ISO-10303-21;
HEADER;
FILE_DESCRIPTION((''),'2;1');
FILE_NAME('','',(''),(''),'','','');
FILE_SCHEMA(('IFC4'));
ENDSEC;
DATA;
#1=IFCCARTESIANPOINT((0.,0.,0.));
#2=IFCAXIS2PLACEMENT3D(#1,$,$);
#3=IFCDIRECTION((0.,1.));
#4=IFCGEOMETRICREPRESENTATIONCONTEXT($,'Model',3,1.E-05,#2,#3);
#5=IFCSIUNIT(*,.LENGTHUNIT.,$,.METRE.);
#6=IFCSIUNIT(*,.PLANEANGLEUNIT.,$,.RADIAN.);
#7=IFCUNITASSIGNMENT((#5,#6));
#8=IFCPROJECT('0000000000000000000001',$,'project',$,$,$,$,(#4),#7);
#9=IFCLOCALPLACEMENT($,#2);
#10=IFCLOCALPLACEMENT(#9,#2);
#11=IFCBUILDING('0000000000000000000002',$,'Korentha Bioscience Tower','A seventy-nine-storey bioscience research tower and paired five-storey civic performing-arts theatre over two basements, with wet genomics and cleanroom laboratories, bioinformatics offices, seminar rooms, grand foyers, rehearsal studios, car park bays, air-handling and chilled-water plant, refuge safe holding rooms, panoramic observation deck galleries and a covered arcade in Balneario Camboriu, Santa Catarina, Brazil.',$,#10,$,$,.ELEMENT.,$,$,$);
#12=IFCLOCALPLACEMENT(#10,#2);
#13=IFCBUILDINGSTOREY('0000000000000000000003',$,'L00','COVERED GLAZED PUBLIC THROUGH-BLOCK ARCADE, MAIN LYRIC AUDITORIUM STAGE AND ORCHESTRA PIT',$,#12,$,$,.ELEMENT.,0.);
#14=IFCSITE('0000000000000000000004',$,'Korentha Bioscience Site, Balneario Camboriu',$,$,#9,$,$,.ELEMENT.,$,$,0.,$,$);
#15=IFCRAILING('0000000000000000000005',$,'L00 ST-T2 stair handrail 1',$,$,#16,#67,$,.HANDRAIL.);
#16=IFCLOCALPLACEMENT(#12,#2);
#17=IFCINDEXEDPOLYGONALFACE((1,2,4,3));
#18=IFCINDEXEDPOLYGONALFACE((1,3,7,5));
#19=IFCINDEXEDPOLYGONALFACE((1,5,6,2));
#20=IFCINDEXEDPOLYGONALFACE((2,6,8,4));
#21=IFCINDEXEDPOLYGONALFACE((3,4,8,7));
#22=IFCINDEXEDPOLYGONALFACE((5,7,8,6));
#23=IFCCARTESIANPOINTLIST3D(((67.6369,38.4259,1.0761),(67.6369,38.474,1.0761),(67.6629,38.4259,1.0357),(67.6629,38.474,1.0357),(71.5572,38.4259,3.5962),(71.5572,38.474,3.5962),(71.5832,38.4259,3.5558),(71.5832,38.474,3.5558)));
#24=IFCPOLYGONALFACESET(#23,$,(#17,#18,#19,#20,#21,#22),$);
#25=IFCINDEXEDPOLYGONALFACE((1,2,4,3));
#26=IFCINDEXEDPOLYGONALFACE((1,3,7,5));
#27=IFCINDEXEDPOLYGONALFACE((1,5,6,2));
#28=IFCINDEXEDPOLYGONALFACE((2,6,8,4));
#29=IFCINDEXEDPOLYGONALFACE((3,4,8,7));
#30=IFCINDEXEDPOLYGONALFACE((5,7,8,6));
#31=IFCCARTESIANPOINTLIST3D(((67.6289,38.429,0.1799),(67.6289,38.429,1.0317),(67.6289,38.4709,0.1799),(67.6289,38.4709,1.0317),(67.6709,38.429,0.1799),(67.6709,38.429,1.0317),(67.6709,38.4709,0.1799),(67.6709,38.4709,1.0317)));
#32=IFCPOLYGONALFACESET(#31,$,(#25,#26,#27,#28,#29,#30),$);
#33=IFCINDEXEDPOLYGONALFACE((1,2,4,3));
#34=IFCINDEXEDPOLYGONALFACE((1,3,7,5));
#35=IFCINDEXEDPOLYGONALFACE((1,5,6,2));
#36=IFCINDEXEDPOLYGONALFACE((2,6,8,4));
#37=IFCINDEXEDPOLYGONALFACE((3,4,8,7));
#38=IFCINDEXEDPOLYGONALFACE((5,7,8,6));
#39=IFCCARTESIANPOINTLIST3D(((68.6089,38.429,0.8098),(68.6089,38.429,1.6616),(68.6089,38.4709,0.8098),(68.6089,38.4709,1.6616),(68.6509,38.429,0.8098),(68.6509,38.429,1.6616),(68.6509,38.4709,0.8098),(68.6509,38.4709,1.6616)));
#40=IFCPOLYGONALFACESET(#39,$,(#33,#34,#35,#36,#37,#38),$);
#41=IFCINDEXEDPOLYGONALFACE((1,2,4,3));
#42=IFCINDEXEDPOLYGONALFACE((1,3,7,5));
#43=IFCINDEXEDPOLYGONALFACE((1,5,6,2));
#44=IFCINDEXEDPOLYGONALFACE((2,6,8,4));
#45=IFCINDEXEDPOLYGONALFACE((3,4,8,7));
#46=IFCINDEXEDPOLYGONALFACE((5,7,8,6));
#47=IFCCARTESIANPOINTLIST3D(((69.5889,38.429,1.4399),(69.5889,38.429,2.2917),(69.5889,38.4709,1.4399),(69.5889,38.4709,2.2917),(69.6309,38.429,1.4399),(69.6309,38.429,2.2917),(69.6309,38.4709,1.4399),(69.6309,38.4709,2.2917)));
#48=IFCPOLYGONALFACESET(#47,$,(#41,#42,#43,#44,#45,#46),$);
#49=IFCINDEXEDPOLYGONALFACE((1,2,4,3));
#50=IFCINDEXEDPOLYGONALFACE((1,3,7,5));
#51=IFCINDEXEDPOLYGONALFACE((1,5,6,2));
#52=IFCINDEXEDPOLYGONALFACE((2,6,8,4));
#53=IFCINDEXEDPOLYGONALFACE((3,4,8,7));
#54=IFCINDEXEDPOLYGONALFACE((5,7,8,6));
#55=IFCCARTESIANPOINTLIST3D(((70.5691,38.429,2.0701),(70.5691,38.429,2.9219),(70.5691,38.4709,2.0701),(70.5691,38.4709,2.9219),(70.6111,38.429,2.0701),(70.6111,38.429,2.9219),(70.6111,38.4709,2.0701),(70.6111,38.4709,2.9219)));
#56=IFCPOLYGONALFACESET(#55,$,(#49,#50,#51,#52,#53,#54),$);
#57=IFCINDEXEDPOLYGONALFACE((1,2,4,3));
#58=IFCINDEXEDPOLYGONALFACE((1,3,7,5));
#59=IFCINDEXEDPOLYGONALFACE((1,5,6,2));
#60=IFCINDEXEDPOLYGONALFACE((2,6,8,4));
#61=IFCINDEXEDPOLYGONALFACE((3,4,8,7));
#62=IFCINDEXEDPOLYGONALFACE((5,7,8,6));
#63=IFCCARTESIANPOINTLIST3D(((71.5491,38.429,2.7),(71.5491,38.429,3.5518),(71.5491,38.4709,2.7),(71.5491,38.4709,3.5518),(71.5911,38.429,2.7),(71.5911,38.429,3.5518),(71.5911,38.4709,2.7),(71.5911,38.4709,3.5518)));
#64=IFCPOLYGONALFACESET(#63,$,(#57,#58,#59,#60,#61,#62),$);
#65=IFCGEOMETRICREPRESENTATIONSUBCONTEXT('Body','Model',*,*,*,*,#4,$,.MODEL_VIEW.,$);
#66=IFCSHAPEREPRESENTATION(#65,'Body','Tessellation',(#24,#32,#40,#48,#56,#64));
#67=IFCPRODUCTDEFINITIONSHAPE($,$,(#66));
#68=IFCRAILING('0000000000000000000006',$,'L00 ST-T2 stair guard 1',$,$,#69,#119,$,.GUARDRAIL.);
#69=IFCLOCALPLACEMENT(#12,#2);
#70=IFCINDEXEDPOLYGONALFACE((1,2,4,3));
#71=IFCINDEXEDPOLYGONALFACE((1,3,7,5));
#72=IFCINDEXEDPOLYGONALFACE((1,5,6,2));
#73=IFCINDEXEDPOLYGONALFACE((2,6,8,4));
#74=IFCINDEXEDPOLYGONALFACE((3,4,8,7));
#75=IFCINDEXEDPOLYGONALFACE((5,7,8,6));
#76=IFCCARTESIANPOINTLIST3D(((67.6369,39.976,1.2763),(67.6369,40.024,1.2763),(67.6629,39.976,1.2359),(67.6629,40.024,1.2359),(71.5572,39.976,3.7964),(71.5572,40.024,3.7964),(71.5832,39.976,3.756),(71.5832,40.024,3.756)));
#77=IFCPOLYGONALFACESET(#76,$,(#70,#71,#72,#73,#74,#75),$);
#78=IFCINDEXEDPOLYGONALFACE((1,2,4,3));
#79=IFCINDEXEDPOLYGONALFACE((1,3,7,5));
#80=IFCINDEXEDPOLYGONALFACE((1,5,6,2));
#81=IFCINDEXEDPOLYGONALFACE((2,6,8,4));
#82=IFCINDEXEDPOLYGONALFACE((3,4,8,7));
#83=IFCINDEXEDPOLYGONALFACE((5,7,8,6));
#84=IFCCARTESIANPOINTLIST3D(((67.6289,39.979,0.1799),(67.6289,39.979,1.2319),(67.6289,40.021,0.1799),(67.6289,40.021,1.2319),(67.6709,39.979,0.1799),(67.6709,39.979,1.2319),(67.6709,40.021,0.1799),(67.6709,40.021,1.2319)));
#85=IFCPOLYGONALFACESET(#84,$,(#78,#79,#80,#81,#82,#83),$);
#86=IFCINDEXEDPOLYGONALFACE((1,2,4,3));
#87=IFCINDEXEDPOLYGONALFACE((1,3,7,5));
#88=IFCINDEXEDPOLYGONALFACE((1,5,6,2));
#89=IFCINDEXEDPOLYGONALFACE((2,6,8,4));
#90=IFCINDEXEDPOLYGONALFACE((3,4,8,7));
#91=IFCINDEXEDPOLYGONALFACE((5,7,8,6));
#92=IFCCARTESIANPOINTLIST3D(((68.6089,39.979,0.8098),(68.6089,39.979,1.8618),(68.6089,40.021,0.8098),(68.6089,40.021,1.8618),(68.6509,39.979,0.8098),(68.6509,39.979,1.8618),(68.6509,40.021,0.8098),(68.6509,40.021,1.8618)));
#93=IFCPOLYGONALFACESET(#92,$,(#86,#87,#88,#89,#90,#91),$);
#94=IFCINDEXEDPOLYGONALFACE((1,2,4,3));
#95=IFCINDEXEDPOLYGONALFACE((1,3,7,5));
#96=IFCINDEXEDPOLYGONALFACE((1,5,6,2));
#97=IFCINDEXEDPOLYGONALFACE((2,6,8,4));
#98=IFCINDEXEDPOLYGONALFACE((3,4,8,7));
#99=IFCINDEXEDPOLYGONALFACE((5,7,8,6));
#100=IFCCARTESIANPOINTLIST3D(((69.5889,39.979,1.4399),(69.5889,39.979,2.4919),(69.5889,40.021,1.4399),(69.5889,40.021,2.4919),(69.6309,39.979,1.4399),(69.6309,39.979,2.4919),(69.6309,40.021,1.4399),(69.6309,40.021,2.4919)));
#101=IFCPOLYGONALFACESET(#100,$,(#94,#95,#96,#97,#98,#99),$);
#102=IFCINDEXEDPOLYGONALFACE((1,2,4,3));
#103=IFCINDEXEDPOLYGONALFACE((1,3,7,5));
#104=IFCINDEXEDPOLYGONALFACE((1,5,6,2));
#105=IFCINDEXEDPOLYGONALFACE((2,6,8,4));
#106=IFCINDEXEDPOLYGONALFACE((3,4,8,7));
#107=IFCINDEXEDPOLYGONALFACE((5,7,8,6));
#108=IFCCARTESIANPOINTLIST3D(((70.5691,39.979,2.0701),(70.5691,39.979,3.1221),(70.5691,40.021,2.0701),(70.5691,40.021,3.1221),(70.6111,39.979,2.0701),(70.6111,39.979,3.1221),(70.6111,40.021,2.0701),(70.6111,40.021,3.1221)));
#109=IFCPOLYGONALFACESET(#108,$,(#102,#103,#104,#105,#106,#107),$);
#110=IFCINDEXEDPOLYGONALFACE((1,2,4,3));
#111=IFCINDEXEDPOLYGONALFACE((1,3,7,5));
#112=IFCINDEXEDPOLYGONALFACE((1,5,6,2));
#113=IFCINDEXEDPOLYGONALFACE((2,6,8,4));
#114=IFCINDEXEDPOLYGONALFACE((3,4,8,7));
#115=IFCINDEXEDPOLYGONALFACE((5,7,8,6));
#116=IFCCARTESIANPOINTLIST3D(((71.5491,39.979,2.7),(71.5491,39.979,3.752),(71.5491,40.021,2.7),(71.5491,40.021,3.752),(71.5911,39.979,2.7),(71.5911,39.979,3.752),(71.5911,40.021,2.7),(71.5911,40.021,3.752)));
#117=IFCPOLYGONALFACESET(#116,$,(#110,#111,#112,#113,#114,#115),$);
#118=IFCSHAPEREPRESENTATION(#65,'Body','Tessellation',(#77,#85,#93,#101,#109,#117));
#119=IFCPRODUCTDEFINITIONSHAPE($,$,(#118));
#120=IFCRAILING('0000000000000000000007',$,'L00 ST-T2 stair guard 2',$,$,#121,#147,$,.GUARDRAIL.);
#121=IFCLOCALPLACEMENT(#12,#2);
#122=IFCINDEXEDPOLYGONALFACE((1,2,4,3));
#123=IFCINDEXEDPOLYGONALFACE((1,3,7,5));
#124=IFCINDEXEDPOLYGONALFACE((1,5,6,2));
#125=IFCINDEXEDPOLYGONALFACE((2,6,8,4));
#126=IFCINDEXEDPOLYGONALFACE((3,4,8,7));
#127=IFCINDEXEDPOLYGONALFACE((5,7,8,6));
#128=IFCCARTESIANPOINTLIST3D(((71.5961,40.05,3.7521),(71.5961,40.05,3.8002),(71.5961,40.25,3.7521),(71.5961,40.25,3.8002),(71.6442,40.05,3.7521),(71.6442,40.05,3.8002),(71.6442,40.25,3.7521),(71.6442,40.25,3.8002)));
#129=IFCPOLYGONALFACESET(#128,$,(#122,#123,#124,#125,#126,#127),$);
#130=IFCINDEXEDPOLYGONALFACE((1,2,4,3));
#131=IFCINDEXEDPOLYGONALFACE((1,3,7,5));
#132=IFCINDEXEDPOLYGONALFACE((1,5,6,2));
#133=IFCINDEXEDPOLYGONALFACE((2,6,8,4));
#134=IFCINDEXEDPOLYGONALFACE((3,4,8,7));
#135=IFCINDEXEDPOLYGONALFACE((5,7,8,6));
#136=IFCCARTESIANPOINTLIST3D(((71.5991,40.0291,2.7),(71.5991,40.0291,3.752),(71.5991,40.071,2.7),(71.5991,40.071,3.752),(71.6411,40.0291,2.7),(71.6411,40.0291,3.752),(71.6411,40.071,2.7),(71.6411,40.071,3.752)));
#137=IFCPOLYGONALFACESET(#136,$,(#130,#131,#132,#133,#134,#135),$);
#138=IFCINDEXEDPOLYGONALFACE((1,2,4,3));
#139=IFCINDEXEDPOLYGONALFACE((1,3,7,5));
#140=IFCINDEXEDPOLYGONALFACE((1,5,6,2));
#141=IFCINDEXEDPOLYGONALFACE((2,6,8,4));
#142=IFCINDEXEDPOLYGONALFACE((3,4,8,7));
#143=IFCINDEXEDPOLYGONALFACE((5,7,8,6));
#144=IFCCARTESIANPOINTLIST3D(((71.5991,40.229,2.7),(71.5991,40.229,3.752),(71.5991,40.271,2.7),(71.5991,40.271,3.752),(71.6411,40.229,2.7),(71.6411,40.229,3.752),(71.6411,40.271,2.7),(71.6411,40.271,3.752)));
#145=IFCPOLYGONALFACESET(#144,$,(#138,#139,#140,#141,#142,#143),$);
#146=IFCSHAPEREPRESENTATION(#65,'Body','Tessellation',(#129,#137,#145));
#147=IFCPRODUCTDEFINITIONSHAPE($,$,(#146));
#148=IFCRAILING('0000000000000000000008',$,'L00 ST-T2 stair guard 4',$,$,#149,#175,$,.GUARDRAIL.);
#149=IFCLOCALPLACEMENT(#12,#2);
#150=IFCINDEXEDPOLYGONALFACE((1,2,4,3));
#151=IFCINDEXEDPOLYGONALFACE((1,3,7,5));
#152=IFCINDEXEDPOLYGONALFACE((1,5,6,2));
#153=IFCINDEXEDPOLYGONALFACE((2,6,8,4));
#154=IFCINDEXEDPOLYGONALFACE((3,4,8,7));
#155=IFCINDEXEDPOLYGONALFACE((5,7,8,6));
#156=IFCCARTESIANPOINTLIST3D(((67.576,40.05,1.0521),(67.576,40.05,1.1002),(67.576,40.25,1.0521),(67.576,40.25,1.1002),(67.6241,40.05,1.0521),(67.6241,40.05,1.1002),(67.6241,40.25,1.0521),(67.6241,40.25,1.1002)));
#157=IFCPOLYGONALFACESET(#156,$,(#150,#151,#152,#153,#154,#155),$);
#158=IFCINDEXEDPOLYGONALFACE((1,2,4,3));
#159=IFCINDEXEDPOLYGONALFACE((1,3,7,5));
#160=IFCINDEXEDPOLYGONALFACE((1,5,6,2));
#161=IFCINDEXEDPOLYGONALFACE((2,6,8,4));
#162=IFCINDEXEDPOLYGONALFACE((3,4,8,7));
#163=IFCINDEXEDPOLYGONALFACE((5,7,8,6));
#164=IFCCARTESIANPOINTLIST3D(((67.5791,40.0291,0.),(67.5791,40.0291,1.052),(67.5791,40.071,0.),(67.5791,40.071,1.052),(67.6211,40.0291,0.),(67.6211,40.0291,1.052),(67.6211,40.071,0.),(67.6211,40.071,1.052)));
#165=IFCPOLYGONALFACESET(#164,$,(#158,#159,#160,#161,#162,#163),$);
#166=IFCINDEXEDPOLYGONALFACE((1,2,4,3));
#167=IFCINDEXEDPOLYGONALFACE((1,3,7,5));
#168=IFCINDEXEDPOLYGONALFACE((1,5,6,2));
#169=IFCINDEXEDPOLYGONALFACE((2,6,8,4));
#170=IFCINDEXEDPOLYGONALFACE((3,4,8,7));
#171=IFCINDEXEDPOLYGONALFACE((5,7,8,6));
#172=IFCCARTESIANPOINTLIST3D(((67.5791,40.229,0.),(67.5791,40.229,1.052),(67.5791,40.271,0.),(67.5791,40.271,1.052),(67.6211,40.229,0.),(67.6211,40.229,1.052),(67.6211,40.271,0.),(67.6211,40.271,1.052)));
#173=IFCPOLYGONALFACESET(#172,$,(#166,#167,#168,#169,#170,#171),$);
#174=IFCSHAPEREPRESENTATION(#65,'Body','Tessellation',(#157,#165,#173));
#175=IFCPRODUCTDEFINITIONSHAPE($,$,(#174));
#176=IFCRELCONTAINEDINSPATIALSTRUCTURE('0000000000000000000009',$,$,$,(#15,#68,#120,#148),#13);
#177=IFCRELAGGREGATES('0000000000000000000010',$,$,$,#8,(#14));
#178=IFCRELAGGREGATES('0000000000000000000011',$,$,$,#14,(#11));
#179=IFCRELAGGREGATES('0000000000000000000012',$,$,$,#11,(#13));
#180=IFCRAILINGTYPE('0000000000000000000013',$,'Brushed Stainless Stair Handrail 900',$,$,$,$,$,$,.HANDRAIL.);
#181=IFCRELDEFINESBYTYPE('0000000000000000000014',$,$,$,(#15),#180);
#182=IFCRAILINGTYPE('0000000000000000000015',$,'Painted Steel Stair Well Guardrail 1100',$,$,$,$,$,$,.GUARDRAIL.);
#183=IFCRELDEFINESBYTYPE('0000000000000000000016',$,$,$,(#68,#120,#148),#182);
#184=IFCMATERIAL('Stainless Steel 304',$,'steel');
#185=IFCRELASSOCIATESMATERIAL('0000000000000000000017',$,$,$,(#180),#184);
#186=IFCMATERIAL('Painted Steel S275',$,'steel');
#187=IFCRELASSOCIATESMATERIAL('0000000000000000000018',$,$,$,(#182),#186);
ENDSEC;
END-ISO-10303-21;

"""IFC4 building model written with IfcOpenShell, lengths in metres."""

from ifc_helpers import new_model, si_unit, direction, frame, origin, origin_2d, place, context, subcontext, project, spatial, rectangle, extrude, material, type_object, element, save


model = new_model("IFC4")

# Units and contexts
model_context = context("Model", 3, precision=1e-05, world=origin(), true_north=direction((0.0, 1.0)))
body_context = subcontext(model_context, "Body", "Model", "MODEL_VIEW")
ifc_project = project(units=[si_unit("LENGTHUNIT", "METRE"), si_unit("PLANEANGLEUNIT", "RADIAN")], contexts=[model_context])

# Site, building, storey
site_placement = place(None, origin())
site = spatial("IfcSite", under=ifc_project, at=site_placement, Name="Korentha Bioscience Site, Balneario Camboriu", CompositionType="ELEMENT", RefElevation=0.0)
building_placement = place(site_placement, origin())
building = spatial("IfcBuilding", under=site, at=building_placement, Name="Korentha Bioscience Tower", Description="A seventy-nine-storey bioscience research tower and paired five-storey civic performing-arts theatre over two basements, with wet genomics and cleanroom laboratories, bioinformatics offices, seminar rooms, grand foyers, rehearsal studios, car park bays, air-handling and chilled-water plant, refuge safe holding rooms, panoramic observation deck galleries and a covered arcade in Balneario Camboriu, Santa Catarina, Brazil.", CompositionType="ELEMENT")
storey_placement = place(building_placement, origin())
storey = spatial("IfcBuildingStorey", under=building, at=storey_placement, Name="L00", Description="COVERED GLAZED PUBLIC THROUGH-BLOCK ARCADE, MAIN LYRIC AUDITORIUM STAGE AND ORCHESTRA PIT", CompositionType="ELEMENT", Elevation=0.0)

# Railings
ifc_material_1 = material(Name="Stainless Steel 304", Category="steel")
railing_type_1 = type_object("IfcRailingType", Name="Brushed Stainless Stair Handrail 900", PredefinedType="HANDRAIL", material=ifc_material_1)
railing_1_placement = place(storey_placement, frame((67.6499, 38.45, 0.1799)))
element("IfcRailing", 1, at=railing_1_placement, inside=storey, type_object=railing_type_1, Name="L00 ST-T2 stair handrail 1", PredefinedType="HANDRAIL", context=body_context, shape_type="SweptSolid", body=[
    extrude(rectangle(XDim=0.0481, YDim=0.0481, at=origin_2d()), frame((0.0, 0.0, 0.876), z_axis=(0.841187, 0.0, 0.540744), x_axis=(0.0, 1.0, 0.0)), (0.0, 0.0, 1.0), 4.6604),
    extrude(rectangle(XDim=0.042, YDim=0.042, at=origin_2d()), origin(), (0.0, 0.0, 1.0), 0.8518),
    extrude(rectangle(XDim=0.042, YDim=0.042, at=origin_2d()), frame((0.98, 0.0, 0.6299)), (0.0, 0.0, 1.0), 0.8518),
    extrude(rectangle(XDim=0.042, YDim=0.042, at=origin_2d()), frame((1.96, 0.0, 1.26)), (0.0, 0.0, 1.0), 0.8518),
    extrude(rectangle(XDim=0.042, YDim=0.042, at=origin_2d()), frame((2.9402, 0.0, 1.8901)), (0.0, 0.0, 1.0), 0.8518),
    extrude(rectangle(XDim=0.042, YDim=0.042, at=origin_2d()), frame((3.9202, 0.0, 2.52)), (0.0, 0.0, 1.0), 0.8518),
])
ifc_material_2 = material(Name="Painted Steel S275", Category="steel")
railing_type_2 = type_object("IfcRailingType", Name="Painted Steel Stair Well Guardrail 1100", PredefinedType="GUARDRAIL", material=ifc_material_2)
railing_2_placement = place(storey_placement, frame((67.6499, 40.0, 0.1799)))
element("IfcRailing", 2, at=railing_2_placement, inside=storey, type_object=railing_type_2, Name="L00 ST-T2 stair guard 1", PredefinedType="GUARDRAIL", context=body_context, shape_type="SweptSolid", body=[
    extrude(rectangle(XDim=0.0481, YDim=0.0481, at=origin_2d()), frame((0.0, 0.0, 1.0762), z_axis=(0.841187, 0.0, 0.540744), x_axis=(0.0, 1.0, 0.0)), (0.0, 0.0, 1.0), 4.6604),
    extrude(rectangle(XDim=0.042, YDim=0.042, at=origin_2d()), origin(), (0.0, 0.0, 1.0), 1.052),
    extrude(rectangle(XDim=0.042, YDim=0.042, at=origin_2d()), frame((0.98, 0.0, 0.6299)), (0.0, 0.0, 1.0), 1.052),
    extrude(rectangle(XDim=0.042, YDim=0.042, at=origin_2d()), frame((1.96, 0.0, 1.26)), (0.0, 0.0, 1.0), 1.052),
    extrude(rectangle(XDim=0.042, YDim=0.042, at=origin_2d()), frame((2.9402, 0.0, 1.8901)), (0.0, 0.0, 1.0), 1.052),
    extrude(rectangle(XDim=0.042, YDim=0.042, at=origin_2d()), frame((3.9202, 0.0, 2.52)), (0.0, 0.0, 1.0), 1.052),
])
for number, where, name in (
    (3, (71.6201, 40.05, 2.7), "L00 ST-T2 stair guard 2"),
    (4, (67.6001, 40.05, 0.0), "L00 ST-T2 stair guard 4"),
):
    element("IfcRailing", number, at=place(storey_placement, frame(where)), inside=storey, type_object=railing_type_2, Name=name, PredefinedType="GUARDRAIL", context=body_context, shape_type="SweptSolid", body=[
        extrude(rectangle(XDim=0.0481, YDim=0.0481, at=origin_2d()), frame((0.0, 0.0, 1.0762), z_axis=(0.0, 1.0, 0.0), x_axis=(-1.0, 0.0, 0.0)), (0.0, 0.0, 1.0), 0.2),
        extrude(rectangle(XDim=0.042, YDim=0.042, at=origin_2d()), origin(), (0.0, 0.0, 1.0), 1.052),
        extrude(rectangle(XDim=0.042, YDim=0.042, at=origin_2d()), frame((0.0, 0.2, 0.0)), (0.0, 0.0, 1.0), 1.052),
    ])

save(model, "model.ifc")
